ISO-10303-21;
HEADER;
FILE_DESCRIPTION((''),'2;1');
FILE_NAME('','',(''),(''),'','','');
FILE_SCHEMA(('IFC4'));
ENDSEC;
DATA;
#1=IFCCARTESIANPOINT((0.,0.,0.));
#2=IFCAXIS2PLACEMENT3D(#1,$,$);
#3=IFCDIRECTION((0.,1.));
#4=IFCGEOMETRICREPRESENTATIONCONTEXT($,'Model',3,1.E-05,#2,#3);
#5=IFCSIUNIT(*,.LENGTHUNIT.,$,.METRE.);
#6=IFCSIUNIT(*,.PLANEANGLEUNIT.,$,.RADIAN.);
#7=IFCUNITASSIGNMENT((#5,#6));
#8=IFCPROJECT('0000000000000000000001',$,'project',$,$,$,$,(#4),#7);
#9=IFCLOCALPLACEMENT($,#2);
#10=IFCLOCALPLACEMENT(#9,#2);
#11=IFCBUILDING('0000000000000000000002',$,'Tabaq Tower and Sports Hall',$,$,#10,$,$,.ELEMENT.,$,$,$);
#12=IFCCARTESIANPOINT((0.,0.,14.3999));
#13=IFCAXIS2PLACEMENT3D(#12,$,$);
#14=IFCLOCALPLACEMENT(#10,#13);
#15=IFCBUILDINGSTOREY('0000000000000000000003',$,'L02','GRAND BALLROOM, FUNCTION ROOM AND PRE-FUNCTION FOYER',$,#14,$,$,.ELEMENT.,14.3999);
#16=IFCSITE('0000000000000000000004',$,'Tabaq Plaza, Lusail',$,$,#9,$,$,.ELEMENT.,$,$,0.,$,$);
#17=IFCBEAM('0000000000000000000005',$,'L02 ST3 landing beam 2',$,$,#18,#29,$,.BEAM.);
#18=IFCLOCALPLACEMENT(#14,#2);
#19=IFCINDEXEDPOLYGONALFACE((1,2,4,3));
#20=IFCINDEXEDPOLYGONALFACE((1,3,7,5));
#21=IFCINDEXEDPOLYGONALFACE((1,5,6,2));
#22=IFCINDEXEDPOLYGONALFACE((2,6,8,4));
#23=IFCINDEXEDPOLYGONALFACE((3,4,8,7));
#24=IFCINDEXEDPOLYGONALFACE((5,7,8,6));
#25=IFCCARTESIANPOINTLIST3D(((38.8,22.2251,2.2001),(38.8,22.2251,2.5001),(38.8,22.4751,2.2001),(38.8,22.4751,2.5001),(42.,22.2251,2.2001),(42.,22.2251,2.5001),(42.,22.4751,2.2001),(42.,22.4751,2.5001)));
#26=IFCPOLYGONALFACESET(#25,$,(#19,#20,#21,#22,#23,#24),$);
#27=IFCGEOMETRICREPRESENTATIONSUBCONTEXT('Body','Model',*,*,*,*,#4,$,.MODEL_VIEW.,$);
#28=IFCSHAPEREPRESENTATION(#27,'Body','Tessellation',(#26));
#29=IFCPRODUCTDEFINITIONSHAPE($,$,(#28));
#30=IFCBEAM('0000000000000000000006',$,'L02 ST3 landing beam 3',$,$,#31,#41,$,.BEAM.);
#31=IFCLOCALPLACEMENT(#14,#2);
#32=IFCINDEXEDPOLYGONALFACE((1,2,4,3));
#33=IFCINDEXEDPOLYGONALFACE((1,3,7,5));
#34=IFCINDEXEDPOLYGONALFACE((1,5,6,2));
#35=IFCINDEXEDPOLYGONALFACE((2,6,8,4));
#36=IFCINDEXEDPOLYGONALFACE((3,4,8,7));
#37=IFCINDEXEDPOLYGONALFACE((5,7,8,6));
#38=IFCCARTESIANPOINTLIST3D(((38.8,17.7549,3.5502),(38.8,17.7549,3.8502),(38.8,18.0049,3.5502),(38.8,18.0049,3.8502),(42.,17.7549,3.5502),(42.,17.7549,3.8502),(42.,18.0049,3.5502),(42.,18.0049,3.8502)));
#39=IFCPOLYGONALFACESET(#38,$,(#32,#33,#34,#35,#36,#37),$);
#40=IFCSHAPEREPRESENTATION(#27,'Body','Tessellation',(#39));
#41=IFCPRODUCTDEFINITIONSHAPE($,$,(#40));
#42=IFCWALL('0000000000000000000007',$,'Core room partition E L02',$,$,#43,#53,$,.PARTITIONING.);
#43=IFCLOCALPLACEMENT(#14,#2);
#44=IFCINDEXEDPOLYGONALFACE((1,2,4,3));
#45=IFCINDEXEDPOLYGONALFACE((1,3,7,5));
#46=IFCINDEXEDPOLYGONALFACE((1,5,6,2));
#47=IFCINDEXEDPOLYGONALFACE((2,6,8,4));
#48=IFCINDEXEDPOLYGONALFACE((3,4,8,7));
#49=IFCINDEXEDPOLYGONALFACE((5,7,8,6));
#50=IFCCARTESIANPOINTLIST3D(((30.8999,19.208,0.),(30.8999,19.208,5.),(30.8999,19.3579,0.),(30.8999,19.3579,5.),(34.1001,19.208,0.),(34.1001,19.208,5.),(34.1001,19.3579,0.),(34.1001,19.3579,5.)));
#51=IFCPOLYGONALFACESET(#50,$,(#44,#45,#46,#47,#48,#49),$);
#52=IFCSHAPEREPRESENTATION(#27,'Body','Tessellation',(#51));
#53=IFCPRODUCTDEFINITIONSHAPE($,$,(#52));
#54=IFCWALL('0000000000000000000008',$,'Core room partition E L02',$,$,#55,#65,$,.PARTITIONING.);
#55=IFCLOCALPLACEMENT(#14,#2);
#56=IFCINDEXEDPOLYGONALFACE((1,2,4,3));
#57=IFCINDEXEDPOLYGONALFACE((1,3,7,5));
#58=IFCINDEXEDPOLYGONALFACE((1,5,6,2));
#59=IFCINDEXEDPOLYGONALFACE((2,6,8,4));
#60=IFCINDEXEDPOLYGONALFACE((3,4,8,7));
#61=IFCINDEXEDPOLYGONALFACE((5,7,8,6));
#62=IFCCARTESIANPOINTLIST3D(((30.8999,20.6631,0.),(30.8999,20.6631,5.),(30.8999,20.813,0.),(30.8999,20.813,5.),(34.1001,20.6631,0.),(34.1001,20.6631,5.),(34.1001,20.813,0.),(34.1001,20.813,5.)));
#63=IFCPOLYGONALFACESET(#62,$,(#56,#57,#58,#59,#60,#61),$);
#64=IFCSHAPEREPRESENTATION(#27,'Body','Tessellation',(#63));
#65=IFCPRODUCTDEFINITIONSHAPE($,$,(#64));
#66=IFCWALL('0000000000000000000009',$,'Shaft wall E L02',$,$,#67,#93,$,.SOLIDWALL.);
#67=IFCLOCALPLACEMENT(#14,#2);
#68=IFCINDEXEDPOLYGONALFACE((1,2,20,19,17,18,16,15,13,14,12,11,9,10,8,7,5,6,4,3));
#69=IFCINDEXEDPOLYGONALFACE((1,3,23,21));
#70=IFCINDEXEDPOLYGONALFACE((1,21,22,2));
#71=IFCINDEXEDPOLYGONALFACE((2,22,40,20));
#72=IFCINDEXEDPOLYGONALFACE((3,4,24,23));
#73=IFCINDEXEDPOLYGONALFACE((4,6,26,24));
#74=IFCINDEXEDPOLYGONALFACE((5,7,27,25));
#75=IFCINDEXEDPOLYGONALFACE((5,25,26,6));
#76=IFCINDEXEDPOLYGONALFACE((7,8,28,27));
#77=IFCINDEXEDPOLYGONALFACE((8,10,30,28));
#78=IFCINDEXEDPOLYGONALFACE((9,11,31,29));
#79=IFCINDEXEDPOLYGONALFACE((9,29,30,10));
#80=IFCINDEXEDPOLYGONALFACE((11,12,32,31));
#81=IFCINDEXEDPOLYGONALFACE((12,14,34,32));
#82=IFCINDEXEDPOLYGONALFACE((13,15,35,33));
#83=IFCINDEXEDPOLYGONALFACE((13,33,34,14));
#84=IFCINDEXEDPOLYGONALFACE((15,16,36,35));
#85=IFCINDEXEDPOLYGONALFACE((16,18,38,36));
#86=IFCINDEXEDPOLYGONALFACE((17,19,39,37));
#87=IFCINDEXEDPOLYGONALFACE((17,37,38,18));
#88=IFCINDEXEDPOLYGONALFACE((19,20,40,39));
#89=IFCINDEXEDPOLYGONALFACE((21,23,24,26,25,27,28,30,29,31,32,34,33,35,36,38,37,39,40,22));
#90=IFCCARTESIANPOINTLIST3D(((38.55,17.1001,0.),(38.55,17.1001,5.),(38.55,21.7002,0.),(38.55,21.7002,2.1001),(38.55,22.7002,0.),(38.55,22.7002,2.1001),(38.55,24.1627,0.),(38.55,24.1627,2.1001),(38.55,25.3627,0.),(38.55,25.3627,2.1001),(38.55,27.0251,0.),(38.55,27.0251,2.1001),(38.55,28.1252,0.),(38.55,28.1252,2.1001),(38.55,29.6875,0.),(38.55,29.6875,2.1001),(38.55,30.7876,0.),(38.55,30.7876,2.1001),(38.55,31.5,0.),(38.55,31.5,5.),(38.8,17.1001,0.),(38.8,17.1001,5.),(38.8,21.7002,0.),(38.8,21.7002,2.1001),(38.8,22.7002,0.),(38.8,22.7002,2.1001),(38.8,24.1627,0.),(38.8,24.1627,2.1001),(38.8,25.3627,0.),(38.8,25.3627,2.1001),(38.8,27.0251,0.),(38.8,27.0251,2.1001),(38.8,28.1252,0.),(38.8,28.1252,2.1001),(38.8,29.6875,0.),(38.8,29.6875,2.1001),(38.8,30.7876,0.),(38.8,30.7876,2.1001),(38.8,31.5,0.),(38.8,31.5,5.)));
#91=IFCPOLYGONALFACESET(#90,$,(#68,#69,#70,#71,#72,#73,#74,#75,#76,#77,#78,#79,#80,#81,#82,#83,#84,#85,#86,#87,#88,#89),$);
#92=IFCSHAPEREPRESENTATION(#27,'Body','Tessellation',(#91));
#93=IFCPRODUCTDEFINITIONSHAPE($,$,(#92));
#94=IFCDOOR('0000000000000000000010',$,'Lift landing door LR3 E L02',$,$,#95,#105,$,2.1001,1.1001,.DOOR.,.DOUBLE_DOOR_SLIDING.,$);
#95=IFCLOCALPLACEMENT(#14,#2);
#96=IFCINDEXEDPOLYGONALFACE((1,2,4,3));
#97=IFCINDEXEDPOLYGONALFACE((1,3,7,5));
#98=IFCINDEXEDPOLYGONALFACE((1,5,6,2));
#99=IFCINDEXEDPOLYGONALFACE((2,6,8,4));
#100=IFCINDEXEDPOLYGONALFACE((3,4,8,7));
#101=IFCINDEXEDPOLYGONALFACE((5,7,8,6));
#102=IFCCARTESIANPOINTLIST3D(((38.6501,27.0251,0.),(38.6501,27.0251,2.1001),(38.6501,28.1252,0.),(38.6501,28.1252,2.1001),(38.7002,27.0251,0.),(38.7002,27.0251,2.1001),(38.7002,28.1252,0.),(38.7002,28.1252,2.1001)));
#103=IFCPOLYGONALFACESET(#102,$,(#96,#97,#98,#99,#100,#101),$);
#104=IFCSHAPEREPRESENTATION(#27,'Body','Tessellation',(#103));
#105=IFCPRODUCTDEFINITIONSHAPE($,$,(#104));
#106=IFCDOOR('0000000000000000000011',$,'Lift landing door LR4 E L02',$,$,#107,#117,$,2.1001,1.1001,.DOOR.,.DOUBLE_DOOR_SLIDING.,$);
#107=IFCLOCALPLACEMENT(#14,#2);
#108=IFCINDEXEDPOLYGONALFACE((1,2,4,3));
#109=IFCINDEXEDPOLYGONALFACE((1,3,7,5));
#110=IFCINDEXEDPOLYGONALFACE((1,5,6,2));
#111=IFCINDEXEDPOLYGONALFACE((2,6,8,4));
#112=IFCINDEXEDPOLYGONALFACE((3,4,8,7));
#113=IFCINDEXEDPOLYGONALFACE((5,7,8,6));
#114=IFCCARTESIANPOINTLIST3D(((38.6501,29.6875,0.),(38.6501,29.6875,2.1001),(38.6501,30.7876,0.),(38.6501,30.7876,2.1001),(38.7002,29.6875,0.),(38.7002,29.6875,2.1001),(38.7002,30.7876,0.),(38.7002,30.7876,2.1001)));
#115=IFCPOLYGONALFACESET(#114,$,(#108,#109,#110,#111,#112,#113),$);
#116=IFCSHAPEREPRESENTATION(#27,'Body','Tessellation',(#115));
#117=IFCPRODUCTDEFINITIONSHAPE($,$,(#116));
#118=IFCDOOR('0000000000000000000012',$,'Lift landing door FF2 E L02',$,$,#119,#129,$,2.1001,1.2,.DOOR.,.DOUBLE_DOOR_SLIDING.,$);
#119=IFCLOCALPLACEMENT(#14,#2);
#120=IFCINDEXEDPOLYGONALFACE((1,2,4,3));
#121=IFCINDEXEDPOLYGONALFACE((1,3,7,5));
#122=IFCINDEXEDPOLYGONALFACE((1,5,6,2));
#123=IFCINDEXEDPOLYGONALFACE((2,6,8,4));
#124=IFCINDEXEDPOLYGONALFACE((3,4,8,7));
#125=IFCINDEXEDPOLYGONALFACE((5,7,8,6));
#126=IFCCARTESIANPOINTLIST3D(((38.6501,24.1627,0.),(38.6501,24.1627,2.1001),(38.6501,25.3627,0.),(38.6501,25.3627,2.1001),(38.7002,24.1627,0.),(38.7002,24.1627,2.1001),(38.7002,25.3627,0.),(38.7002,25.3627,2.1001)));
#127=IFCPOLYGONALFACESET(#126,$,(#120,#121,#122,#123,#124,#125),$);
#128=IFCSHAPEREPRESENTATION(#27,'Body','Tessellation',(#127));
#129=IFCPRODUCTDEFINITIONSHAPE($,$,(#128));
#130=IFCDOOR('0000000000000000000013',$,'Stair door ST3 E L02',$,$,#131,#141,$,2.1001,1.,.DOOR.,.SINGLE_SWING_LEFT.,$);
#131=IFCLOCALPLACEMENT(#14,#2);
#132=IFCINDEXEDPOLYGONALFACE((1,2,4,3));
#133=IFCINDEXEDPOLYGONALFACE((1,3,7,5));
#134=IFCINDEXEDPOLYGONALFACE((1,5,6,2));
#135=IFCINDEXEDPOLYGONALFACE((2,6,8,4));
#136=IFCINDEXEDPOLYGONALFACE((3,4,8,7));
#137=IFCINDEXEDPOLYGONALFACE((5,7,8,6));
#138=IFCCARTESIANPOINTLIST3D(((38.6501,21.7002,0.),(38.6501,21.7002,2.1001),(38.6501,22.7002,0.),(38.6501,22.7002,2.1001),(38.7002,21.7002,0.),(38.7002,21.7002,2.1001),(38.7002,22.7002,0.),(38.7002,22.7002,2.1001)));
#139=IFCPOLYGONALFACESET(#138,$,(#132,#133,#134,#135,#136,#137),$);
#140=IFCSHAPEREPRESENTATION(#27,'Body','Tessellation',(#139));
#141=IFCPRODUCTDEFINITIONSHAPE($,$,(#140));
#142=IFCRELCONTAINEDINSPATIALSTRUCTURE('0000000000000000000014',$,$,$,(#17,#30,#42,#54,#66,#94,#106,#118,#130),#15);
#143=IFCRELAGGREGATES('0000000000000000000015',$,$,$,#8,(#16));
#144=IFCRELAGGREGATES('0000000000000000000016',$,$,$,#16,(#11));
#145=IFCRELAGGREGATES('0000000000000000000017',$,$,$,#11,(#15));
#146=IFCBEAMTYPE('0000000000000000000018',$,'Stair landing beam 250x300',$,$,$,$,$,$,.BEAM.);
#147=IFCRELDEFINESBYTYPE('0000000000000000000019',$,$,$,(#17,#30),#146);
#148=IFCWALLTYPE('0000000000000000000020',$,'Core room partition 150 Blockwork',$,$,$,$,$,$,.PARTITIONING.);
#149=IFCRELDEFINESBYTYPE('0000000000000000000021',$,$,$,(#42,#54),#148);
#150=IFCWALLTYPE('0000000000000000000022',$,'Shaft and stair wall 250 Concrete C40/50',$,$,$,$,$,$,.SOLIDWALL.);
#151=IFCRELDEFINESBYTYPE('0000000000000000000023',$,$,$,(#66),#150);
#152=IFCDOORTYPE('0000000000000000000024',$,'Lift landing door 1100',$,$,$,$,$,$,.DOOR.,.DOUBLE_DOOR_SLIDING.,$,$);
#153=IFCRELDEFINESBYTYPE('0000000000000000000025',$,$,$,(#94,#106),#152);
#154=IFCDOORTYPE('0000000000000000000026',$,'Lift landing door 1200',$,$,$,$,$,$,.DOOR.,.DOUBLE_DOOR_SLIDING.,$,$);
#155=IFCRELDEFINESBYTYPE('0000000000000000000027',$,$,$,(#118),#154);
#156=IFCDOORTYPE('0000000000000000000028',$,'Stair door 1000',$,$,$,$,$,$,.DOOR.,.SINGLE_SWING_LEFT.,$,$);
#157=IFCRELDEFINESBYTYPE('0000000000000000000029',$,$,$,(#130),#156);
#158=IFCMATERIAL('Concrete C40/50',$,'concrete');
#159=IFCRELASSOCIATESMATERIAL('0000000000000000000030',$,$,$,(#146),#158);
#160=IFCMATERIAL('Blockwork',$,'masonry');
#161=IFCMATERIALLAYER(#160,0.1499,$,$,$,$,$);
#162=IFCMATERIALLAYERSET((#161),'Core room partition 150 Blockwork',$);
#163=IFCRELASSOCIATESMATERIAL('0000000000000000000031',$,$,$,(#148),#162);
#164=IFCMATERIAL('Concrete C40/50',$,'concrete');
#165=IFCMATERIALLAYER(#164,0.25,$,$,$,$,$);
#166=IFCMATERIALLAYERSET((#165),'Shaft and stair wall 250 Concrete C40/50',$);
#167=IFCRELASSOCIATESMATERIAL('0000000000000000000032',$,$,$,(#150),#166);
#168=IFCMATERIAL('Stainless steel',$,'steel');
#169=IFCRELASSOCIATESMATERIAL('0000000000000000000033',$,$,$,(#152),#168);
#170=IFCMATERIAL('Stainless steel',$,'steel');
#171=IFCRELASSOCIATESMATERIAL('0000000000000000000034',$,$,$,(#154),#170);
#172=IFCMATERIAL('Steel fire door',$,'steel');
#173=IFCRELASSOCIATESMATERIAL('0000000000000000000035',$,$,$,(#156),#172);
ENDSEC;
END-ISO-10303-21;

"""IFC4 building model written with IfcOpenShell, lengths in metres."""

from ifc_helpers import new_model, si_unit, direction, frame, frame_2d, origin, origin_2d, place, context, subcontext, project, spatial, rectangle, extrude, material, layer, layer_set, material_profile, profile_set, type_object, element, fill, save


model = new_model("IFC4")

# Units and contexts
model_context = context("Model", 3, precision=1e-05, world=origin(), true_north=direction((0.0, 1.0)))
body_context = subcontext(model_context, "Body", "Model", "MODEL_VIEW")
ifc_project = project(units=[si_unit("LENGTHUNIT", "METRE"), si_unit("PLANEANGLEUNIT", "RADIAN")], contexts=[model_context])

# Site, building, storey
site_placement = place(None, origin())
site = spatial("IfcSite", under=ifc_project, at=site_placement, Name="Tabaq Plaza, Lusail", CompositionType="ELEMENT", RefElevation=0.0)
building_placement = place(site_placement, origin())
building = spatial("IfcBuilding", under=site, at=building_placement, Name="Tabaq Tower and Sports Hall", CompositionType="ELEMENT")
storey_placement = place(building_placement, frame((0.0, 0.0, 14.3999)))
storey = spatial("IfcBuildingStorey", under=building, at=storey_placement, Name="L02", Description="GRAND BALLROOM, FUNCTION ROOM AND PRE-FUNCTION FOYER", CompositionType="ELEMENT", Elevation=14.3999)

# Beams
ifc_material_1 = material(Name="Concrete C40/50", Category="concrete")
ifc_material_profile = material_profile(ifc_material_1, rectangle(XDim=0.25, YDim=0.3, at=origin_2d()), Name="RC 250x300")
ifc_profile_set = profile_set([ifc_material_profile], Name="Concrete C40/50")
beam_type = type_object("IfcBeamType", Name="Stair landing beam 250x300", PredefinedType="BEAM", material=ifc_profile_set)
for number, where, z_axis, x_axis, name in (
    (1, (38.8, 22.3501, 2.3501), (1.0, 0.0, 0.0), (0.0, 1.0, 0.0), "L02 ST3 landing beam 2"),
    (2, (38.8, 17.8799, 3.7002), (1.0, 0.0, 0.0), (0.0, 1.0, 0.0), "L02 ST3 landing beam 3"),
):
    element("IfcBeam", number, at=place(storey_placement, frame(where, z_axis=z_axis, x_axis=x_axis)), inside=storey, type_object=beam_type, Name=name, PredefinedType="BEAM", context=body_context, shape_type="SweptSolid", body=[
        extrude(rectangle(XDim=0.25, YDim=0.3, at=origin_2d()), origin(), (0.0, 0.0, 1.0), 3.2),
    ])

# Walls
ifc_material_2 = material(Name="Blockwork", Category="masonry")
ifc_layer_1 = layer(ifc_material_2, 0.1499)
ifc_layer_set_1 = layer_set([ifc_layer_1], Name="Core room partition 150 Blockwork")
wall_type_1 = type_object("IfcWallType", Name="Core room partition 150 Blockwork", PredefinedType="PARTITIONING", material=ifc_layer_set_1)
for number, where, z_axis, x_axis, name in (
    (3, (30.8999, 19.283, 0.0), (0.0, 0.0, 1.0), (1.0, 0.0, 0.0), "Core room partition E L02"),
    (4, (30.8999, 20.738, 0.0), (0.0, 0.0, 1.0), (1.0, 0.0, 0.0), "Core room partition E L02"),
):
    element("IfcWall", number, at=place(storey_placement, frame(where, z_axis=z_axis, x_axis=x_axis)), inside=storey, type_object=wall_type_1, Name=name, PredefinedType="PARTITIONING", context=body_context, shape_type="SweptSolid", body=[
        extrude(rectangle(XDim=3.2002, YDim=0.1499, at=frame_2d((1.6001, 0.0))), origin(), (0.0, 0.0, 1.0), 5.0),
    ])

# Wall, openings, doors
ifc_material_3 = material(Name="Concrete C40/50", Category="concrete")
ifc_layer_2 = layer(ifc_material_3, 0.25)
ifc_layer_set_2 = layer_set([ifc_layer_2], Name="Shaft and stair wall 250 Concrete C40/50")
wall_type_2 = type_object("IfcWallType", Name="Shaft and stair wall 250 Concrete C40/50", PredefinedType="SOLIDWALL", material=ifc_layer_set_2)
wall_1_placement = place(storey_placement, frame((38.675, 17.1001, 0.0), z_axis=(0.0, 0.0, 1.0), x_axis=(0.0, 1.0, 0.0)))
wall_1 = element("IfcWall", 5, at=wall_1_placement, inside=storey, type_object=wall_type_2, Name="Shaft wall E L02", PredefinedType="SOLIDWALL", context=body_context, shape_type="SweptSolid", body=[
    extrude(rectangle(XDim=14.3999, YDim=0.25, at=frame_2d((7.2, 0.0))), origin(), (0.0, 0.0, 1.0), 5.0),
])
opening_1_placement = place(wall_1_placement, frame((4.6001, 0.0, 0.0)))
opening_1 = element("IfcOpeningElement", 6, at=opening_1_placement, cuts=wall_1, PredefinedType="OPENING", context=body_context, shape_type="SweptSolid", body=[
    extrude(rectangle(XDim=1.0, YDim=2.1001, at=frame_2d((0.5, 1.05))), frame((0.0, 0.125, 0.0), z_axis=(0.0, -1.0, 0.0), x_axis=(1.0, 0.0, 0.0)), (0.0, 0.0, 1.0), 0.25),
])
opening_2_placement = place(wall_1_placement, frame((7.0625, 0.0, 0.0)))
opening_2 = element("IfcOpeningElement", 7, at=opening_2_placement, cuts=wall_1, PredefinedType="OPENING", context=body_context, shape_type="SweptSolid", body=[
    extrude(rectangle(XDim=1.2, YDim=2.1001, at=frame_2d((0.6001, 1.05))), frame((0.0, 0.125, 0.0), z_axis=(0.0, -1.0, 0.0), x_axis=(1.0, 0.0, 0.0)), (0.0, 0.0, 1.0), 0.25),
])
opening_3_placement = place(wall_1_placement, frame((9.925, 0.0, 0.0)))
opening_3 = element("IfcOpeningElement", 8, at=opening_3_placement, cuts=wall_1, PredefinedType="OPENING", context=body_context, shape_type="SweptSolid", body=[
    extrude(rectangle(XDim=1.1001, YDim=2.1001, at=frame_2d((0.55, 1.05))), frame((0.0, 0.125, 0.0), z_axis=(0.0, -1.0, 0.0), x_axis=(1.0, 0.0, 0.0)), (0.0, 0.0, 1.0), 0.25),
])
opening_4_placement = place(wall_1_placement, frame((12.5874, 0.0, 0.0)))
opening_4 = element("IfcOpeningElement", 9, at=opening_4_placement, cuts=wall_1, PredefinedType="OPENING", context=body_context, shape_type="SweptSolid", body=[
    extrude(rectangle(XDim=1.1001, YDim=2.1001, at=frame_2d((0.55, 1.05))), frame((0.0, 0.125, 0.0), z_axis=(0.0, -1.0, 0.0), x_axis=(1.0, 0.0, 0.0)), (0.0, 0.0, 1.0), 0.25),
])
ifc_material_4 = material(Name="Stainless steel", Category="steel")
door_type_1 = type_object("IfcDoorType", Name="Lift landing door 1100", OperationType="DOUBLE_DOOR_SLIDING", PredefinedType="DOOR", material=ifc_material_4)
door_1_placement = place(opening_3_placement, origin())
door_1 = element("IfcDoor", 10, at=door_1_placement, inside=storey, type_object=door_type_1, Name="Lift landing door LR3 E L02", OperationType="DOUBLE_DOOR_SLIDING", OverallHeight=2.1001, OverallWidth=1.1001, PredefinedType="DOOR", context=body_context, shape_type="SweptSolid", body=[
    extrude(rectangle(XDim=1.1001, YDim=2.1001, at=frame_2d((0.55, 1.05))), frame((0.0, 0.0249, 0.0), z_axis=(0.0, -1.0, 0.0), x_axis=(1.0, 0.0, 0.0)), (0.0, 0.0, 1.0), 0.05),
])
fill(opening_3, door_1)
door_2_placement = place(opening_4_placement, origin())
door_2 = element("IfcDoor", 11, at=door_2_placement, inside=storey, type_object=door_type_1, Name="Lift landing door LR4 E L02", OperationType="DOUBLE_DOOR_SLIDING", OverallHeight=2.1001, OverallWidth=1.1001, PredefinedType="DOOR", context=body_context, shape_type="SweptSolid", body=[
    extrude(rectangle(XDim=1.1001, YDim=2.1001, at=frame_2d((0.55, 1.05))), frame((0.0, 0.0249, 0.0), z_axis=(0.0, -1.0, 0.0), x_axis=(1.0, 0.0, 0.0)), (0.0, 0.0, 1.0), 0.05),
])
fill(opening_4, door_2)
ifc_material_5 = material(Name="Stainless steel", Category="steel")
door_type_2 = type_object("IfcDoorType", Name="Lift landing door 1200", OperationType="DOUBLE_DOOR_SLIDING", PredefinedType="DOOR", material=ifc_material_5)
door_3_placement = place(opening_2_placement, origin())
door_3 = element("IfcDoor", 12, at=door_3_placement, inside=storey, type_object=door_type_2, Name="Lift landing door FF2 E L02", OperationType="DOUBLE_DOOR_SLIDING", OverallHeight=2.1001, OverallWidth=1.2, PredefinedType="DOOR", context=body_context, shape_type="SweptSolid", body=[
    extrude(rectangle(XDim=1.2, YDim=2.1001, at=frame_2d((0.6001, 1.05))), frame((0.0, 0.0249, 0.0), z_axis=(0.0, -1.0, 0.0), x_axis=(1.0, 0.0, 0.0)), (0.0, 0.0, 1.0), 0.05),
])
fill(opening_2, door_3)
ifc_material_6 = material(Name="Steel fire door", Category="steel")
door_type_3 = type_object("IfcDoorType", Name="Stair door 1000", OperationType="SINGLE_SWING_LEFT", PredefinedType="DOOR", material=ifc_material_6)
door_4_placement = place(opening_1_placement, origin())
door_4 = element("IfcDoor", 13, at=door_4_placement, inside=storey, type_object=door_type_3, Name="Stair door ST3 E L02", OperationType="SINGLE_SWING_LEFT", OverallHeight=2.1001, OverallWidth=1.0, PredefinedType="DOOR", context=body_context, shape_type="SweptSolid", body=[
    extrude(rectangle(XDim=1.0, YDim=2.1001, at=frame_2d((0.5, 1.05))), frame((0.0, 0.0249, 0.0), z_axis=(0.0, -1.0, 0.0), x_axis=(1.0, 0.0, 0.0)), (0.0, 0.0, 1.0), 0.05),
])
fill(opening_1, door_4)

save(model, "model.ifc")
